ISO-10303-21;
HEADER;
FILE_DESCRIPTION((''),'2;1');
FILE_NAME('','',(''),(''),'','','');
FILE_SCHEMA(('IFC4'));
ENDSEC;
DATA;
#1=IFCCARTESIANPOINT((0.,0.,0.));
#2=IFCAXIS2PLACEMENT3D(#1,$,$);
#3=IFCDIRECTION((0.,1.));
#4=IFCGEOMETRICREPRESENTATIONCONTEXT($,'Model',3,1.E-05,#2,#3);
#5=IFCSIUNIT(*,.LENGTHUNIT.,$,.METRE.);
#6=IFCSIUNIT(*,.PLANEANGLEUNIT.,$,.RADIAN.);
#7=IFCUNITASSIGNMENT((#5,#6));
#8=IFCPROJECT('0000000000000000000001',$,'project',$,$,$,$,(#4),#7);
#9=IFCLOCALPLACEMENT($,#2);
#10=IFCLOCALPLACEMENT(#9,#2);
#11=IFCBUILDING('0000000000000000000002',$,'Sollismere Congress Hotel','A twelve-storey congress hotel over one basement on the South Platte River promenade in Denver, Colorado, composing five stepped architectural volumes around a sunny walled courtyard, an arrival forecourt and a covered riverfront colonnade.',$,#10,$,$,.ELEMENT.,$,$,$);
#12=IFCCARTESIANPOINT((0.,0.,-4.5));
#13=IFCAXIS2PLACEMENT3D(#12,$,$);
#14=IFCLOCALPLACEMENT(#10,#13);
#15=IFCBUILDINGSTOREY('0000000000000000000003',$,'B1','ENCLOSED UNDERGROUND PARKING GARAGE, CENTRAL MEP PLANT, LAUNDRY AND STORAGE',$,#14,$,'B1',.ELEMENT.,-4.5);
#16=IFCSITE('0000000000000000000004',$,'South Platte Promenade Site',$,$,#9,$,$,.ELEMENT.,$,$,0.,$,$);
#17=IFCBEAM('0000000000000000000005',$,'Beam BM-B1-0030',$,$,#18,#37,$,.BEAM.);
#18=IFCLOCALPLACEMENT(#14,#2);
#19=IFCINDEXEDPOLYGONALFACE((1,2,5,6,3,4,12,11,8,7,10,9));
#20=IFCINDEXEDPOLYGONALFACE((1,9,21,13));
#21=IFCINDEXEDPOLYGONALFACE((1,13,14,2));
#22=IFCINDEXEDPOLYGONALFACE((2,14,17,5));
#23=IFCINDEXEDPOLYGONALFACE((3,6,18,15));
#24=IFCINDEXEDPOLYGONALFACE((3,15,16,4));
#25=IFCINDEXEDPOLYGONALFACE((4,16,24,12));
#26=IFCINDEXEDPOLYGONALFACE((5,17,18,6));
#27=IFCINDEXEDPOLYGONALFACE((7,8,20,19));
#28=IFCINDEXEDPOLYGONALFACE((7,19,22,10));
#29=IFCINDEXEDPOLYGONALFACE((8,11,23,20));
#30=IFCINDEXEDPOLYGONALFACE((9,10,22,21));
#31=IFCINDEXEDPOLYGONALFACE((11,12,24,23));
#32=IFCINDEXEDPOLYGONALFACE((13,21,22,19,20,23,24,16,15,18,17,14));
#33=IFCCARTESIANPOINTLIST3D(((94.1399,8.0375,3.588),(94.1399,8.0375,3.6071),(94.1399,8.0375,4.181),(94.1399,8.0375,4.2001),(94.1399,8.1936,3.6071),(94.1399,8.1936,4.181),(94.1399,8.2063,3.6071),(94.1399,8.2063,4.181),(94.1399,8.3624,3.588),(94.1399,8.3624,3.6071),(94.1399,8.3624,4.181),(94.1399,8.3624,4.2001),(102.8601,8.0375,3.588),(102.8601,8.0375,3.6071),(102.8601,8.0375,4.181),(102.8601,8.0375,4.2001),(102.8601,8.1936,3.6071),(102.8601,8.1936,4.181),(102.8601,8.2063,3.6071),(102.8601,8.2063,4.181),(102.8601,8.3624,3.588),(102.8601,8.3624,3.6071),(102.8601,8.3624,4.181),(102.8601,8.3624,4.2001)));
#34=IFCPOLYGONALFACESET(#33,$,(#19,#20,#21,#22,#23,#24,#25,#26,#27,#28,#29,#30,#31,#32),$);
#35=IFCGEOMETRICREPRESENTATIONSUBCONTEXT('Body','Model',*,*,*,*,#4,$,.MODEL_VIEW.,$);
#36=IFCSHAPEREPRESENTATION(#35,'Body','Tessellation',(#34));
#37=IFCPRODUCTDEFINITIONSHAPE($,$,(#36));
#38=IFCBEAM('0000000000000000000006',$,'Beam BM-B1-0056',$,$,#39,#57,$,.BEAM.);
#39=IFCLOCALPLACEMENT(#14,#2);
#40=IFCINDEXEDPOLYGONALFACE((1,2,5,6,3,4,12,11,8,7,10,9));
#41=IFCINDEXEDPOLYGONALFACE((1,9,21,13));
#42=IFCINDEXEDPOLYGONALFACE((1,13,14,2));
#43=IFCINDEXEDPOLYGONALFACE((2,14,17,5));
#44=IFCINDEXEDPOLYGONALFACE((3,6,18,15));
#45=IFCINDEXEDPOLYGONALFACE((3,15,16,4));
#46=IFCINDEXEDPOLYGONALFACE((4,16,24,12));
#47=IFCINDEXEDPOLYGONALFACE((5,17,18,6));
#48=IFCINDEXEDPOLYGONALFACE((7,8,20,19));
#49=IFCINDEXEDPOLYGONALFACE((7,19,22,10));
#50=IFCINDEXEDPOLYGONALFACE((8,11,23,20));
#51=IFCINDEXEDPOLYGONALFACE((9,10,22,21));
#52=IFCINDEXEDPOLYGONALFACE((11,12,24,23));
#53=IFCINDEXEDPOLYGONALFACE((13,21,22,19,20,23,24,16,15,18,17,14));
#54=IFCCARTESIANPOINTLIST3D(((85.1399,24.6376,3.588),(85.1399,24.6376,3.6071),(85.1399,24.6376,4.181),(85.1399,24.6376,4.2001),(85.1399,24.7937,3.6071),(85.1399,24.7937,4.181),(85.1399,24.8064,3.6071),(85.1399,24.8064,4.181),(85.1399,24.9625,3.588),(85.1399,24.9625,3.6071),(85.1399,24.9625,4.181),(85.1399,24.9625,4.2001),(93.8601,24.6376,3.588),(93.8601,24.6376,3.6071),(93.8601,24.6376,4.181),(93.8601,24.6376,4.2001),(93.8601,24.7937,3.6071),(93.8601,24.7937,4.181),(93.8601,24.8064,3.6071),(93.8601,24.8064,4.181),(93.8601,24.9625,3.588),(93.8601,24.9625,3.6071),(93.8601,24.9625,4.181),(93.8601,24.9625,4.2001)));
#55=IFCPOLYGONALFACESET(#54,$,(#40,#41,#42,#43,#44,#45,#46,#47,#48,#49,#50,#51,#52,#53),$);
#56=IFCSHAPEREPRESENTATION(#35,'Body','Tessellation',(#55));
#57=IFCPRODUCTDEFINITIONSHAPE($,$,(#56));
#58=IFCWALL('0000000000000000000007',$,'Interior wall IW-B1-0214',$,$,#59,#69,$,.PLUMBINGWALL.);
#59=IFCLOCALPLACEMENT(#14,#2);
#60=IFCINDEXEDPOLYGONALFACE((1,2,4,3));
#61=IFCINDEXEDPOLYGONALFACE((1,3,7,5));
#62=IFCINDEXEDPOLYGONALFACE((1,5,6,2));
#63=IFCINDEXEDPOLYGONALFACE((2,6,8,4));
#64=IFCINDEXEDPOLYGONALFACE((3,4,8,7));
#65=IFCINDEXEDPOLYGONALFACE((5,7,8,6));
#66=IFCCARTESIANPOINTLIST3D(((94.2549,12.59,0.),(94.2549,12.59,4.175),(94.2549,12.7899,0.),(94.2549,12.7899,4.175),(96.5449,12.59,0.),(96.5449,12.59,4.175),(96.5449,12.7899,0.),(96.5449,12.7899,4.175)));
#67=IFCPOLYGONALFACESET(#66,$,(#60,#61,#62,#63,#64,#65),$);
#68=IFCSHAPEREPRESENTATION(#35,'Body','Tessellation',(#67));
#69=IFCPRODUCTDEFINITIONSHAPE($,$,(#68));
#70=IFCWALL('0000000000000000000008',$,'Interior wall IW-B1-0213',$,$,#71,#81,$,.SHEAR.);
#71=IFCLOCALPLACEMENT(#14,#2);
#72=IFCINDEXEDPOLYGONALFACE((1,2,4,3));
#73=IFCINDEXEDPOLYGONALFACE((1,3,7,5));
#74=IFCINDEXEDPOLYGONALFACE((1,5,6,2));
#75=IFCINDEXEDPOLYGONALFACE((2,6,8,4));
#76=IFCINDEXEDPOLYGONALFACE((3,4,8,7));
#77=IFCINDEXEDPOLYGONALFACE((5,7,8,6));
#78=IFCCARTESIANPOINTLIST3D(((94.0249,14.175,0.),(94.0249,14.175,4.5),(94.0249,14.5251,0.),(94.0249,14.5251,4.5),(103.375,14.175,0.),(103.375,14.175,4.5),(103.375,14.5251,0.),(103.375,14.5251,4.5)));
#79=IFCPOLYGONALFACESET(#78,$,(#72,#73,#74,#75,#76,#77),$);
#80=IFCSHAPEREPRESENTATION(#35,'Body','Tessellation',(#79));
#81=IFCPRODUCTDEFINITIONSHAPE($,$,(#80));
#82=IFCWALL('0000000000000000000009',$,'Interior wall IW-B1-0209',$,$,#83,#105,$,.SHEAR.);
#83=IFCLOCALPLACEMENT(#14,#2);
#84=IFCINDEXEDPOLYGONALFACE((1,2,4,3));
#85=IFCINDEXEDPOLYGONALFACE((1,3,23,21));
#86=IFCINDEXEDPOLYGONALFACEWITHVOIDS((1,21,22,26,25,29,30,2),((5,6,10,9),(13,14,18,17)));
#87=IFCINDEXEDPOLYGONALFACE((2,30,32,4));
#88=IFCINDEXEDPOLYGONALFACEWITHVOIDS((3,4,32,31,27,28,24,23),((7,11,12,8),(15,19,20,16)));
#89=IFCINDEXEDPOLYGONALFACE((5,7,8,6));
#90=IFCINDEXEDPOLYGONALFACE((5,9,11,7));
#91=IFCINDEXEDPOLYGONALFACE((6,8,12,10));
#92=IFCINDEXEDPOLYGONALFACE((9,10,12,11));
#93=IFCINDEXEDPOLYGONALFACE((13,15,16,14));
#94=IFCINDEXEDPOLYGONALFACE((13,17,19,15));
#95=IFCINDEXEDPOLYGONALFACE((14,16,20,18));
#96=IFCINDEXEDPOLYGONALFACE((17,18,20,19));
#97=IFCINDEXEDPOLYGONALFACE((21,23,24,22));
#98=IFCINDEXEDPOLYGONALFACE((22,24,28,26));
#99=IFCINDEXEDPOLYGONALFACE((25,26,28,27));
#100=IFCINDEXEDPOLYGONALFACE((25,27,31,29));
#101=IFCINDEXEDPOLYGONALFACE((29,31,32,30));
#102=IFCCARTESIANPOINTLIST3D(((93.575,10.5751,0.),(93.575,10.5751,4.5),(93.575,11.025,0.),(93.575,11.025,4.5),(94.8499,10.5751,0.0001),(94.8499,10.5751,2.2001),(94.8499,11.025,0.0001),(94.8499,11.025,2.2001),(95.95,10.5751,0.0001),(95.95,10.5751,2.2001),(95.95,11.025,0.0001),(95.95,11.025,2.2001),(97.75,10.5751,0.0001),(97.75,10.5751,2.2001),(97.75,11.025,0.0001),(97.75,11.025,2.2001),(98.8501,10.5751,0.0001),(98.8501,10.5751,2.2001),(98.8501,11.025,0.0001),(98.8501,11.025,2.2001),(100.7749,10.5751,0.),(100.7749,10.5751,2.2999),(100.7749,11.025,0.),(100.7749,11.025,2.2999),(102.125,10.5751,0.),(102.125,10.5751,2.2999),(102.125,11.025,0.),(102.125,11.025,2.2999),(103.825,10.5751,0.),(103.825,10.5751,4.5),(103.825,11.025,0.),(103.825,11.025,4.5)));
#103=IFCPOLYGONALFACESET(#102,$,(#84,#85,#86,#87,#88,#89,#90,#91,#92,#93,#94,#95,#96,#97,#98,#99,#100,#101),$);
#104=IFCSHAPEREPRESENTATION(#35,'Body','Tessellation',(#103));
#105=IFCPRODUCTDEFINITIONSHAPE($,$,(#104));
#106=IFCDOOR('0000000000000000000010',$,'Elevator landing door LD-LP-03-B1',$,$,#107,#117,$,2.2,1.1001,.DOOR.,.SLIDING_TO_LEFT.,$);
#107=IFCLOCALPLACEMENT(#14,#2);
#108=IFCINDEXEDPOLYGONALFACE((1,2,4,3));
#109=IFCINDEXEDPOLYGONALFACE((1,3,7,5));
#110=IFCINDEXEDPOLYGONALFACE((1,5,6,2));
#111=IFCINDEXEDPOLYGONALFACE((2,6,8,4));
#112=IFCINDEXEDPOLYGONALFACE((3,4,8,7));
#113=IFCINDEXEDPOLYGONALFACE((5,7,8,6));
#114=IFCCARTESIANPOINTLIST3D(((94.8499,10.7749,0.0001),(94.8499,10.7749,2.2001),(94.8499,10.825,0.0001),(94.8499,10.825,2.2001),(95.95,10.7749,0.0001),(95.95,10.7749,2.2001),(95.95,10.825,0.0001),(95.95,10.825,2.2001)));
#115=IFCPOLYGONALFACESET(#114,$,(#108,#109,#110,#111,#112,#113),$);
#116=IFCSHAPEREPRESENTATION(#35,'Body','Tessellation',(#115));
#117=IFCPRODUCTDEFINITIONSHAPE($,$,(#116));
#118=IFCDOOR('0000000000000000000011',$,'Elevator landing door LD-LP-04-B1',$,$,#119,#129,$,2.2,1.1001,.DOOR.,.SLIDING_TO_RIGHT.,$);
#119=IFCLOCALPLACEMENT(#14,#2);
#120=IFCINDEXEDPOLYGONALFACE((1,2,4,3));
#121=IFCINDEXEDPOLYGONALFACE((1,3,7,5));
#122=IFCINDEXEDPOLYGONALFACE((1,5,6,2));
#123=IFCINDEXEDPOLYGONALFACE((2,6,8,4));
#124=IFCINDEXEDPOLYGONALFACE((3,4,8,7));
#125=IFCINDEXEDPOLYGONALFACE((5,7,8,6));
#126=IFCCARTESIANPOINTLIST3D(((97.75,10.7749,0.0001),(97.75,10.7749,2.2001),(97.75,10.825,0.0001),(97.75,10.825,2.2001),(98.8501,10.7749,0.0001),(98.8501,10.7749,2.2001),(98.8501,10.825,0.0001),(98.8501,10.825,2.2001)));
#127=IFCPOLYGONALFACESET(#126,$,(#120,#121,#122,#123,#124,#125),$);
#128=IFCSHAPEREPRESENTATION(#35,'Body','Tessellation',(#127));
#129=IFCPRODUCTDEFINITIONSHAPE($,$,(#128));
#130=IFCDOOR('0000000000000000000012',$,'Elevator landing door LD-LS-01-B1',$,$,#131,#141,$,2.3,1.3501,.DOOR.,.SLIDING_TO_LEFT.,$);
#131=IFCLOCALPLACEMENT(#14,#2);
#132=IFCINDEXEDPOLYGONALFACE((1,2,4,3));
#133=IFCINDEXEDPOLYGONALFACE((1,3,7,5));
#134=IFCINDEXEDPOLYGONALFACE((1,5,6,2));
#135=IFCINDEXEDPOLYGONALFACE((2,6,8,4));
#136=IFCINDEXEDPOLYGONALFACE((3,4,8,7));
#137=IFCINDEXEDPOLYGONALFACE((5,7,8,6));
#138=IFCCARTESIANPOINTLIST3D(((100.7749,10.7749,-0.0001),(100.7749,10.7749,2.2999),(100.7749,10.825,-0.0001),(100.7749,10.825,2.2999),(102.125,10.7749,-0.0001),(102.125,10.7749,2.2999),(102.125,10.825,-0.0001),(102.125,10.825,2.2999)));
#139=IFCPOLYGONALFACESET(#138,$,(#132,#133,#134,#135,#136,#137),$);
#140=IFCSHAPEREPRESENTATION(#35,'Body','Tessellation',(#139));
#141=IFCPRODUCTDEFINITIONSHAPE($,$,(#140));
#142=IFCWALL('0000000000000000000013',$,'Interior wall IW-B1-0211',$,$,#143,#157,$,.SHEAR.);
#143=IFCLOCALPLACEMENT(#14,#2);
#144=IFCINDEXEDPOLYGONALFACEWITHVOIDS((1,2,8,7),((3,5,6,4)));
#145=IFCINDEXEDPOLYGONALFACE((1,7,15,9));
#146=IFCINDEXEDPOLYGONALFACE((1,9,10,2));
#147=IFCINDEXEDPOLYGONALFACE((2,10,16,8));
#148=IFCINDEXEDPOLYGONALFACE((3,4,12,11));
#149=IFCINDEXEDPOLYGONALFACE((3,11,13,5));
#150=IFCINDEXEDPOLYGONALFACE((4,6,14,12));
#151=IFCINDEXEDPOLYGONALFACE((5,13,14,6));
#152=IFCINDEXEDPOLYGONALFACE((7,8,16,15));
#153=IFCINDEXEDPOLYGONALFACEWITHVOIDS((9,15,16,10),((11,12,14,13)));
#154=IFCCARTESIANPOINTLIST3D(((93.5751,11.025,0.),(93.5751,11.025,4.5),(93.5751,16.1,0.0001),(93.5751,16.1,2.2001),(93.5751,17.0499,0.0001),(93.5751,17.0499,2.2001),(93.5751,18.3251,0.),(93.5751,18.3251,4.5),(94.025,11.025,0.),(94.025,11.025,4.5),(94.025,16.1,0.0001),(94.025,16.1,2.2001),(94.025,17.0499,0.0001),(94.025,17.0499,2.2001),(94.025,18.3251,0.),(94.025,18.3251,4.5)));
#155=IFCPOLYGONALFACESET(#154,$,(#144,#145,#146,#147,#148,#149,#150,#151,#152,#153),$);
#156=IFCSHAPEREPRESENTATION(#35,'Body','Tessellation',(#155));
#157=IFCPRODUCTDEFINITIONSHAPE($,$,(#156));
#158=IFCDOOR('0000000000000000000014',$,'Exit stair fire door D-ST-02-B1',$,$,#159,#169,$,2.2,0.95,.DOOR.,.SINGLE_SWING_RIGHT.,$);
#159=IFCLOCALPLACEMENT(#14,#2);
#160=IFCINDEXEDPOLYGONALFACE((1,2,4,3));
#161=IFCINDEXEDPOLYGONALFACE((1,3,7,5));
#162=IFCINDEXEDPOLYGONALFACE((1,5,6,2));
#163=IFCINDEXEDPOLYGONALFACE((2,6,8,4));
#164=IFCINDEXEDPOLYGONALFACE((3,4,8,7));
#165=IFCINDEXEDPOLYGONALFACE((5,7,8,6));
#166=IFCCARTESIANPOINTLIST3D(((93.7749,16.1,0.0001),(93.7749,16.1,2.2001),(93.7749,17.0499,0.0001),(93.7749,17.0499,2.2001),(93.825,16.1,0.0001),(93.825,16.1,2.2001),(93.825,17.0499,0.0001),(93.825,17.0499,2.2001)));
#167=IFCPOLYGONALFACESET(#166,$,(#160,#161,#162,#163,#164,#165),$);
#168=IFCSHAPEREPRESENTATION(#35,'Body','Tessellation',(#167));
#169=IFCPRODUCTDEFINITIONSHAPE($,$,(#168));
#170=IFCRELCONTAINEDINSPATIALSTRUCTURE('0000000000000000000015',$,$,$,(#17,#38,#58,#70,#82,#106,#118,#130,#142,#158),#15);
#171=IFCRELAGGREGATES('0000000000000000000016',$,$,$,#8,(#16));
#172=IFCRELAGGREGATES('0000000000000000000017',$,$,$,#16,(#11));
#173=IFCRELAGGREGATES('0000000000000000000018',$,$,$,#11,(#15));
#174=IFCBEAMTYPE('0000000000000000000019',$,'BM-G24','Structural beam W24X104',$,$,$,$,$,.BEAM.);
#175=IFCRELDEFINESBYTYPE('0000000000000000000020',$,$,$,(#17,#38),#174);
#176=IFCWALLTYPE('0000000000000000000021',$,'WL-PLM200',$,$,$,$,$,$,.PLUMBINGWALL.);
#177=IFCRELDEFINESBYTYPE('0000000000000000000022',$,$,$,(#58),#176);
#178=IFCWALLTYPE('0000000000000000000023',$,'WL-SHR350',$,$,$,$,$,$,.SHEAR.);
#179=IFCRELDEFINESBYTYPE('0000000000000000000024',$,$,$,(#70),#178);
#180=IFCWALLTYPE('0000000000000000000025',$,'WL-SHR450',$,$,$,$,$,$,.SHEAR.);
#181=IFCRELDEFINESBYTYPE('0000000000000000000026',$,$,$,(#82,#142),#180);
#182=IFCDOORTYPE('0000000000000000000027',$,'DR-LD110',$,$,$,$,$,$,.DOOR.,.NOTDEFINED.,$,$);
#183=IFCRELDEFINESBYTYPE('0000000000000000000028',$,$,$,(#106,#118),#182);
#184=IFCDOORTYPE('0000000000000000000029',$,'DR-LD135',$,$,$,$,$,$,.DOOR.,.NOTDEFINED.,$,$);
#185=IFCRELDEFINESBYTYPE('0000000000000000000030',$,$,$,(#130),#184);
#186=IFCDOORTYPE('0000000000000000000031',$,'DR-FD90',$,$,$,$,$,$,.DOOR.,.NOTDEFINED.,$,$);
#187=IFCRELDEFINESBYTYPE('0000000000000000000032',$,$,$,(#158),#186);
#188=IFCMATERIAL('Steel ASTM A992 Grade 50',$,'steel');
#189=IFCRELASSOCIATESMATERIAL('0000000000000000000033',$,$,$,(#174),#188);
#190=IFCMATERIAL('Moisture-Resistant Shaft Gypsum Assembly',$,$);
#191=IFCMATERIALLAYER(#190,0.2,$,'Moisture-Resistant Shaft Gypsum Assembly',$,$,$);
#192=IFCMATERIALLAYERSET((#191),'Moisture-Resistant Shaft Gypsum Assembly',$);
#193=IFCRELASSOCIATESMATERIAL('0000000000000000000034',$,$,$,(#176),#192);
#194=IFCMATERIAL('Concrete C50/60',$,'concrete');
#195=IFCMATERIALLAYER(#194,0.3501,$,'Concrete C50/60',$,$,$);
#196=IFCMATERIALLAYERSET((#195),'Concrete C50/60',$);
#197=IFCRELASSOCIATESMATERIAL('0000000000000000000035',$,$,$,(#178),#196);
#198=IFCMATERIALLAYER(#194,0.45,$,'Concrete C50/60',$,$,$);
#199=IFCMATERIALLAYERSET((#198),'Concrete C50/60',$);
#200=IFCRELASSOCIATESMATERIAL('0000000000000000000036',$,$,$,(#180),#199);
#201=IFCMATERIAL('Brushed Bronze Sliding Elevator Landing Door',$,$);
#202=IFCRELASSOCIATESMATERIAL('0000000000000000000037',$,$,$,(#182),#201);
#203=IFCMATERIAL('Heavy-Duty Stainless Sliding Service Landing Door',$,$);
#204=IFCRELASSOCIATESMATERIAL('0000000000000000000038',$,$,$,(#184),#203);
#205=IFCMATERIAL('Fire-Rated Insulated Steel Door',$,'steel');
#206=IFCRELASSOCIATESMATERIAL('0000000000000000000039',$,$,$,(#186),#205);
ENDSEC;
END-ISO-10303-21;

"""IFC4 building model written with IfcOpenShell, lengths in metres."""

from ifc_helpers import new_model, si_unit, direction, frame, frame_2d, origin, origin_2d, place, context, subcontext, project, spatial, rectangle, i_section, extrude, material, layer, layer_set, material_profile, profile_set, type_object, element, fill, save


model = new_model("IFC4")

# Units and contexts
model_context = context("Model", 3, precision=1e-05, world=origin(), true_north=direction((0.0, 1.0)))
body_context = subcontext(model_context, "Body", "Model", "MODEL_VIEW")
ifc_project = project(units=[si_unit("LENGTHUNIT", "METRE"), si_unit("PLANEANGLEUNIT", "RADIAN")], contexts=[model_context])

# Site, building, storey
site_placement = place(None, origin())
site = spatial("IfcSite", under=ifc_project, at=site_placement, Name="South Platte Promenade Site", CompositionType="ELEMENT", RefElevation=0.0)
building_placement = place(site_placement, origin())
building = spatial("IfcBuilding", under=site, at=building_placement, Name="Sollismere Congress Hotel", Description="A twelve-storey congress hotel over one basement on the South Platte River promenade in Denver, Colorado, composing five stepped architectural volumes around a sunny walled courtyard, an arrival forecourt and a covered riverfront colonnade.", CompositionType="ELEMENT")
storey_placement = place(building_placement, frame((0.0, 0.0, -4.5)))
storey = spatial("IfcBuildingStorey", under=building, at=storey_placement, Name="B1", Description="ENCLOSED UNDERGROUND PARKING GARAGE, CENTRAL MEP PLANT, LAUNDRY AND STORAGE", LongName="B1", CompositionType="ELEMENT", Elevation=-4.5)

# Shared definitions
ifc_material_1 = material(Name="Concrete C50/60", Category="concrete")

# Beams
ifc_material_2 = material(Name="Steel ASTM A992 Grade 50", Category="steel")
ifc_material_profile_1 = material_profile(ifc_material_2, i_section(OverallWidth=0.325, OverallDepth=0.6121, WebThickness=0.0127, FlangeThickness=0.019, at=origin_2d()), Name="W24X104")
ifc_profile_set_1 = profile_set([ifc_material_profile_1], Name="Steel ASTM A992 Grade 50")
beam_type_1 = type_object("IfcBeamType", Name="BM-G24", Description="Structural beam W24X104", PredefinedType="BEAM", material=ifc_profile_set_1)
for number, where, z_axis, x_axis, name in (
    (1, (94.1399, 8.2, 3.894), (1.0, 0.0, 0.0), (0.0, 1.0, 0.0), "Beam BM-B1-0030"),
    (2, (85.1399, 24.8, 3.894), (1.0, 0.0, 0.0), (0.0, 1.0, 0.0), "Beam BM-B1-0056"),
):
    element("IfcBeam", number, at=place(storey_placement, frame(where, z_axis=z_axis, x_axis=x_axis)), inside=storey, type_object=beam_type_1, Name=name, PredefinedType="BEAM", context=body_context, shape_type="SweptSolid", body=[
        extrude(i_section(OverallWidth=0.325, OverallDepth=0.6121, WebThickness=0.0127, FlangeThickness=0.019, at=origin_2d()), origin(), (0.0, 0.0, 1.0), 8.7202),
    ])

# Walls
ifc_material_3 = material(Name="Moisture-Resistant Shaft Gypsum Assembly")
ifc_layer_1 = layer(ifc_material_3, 0.2, Name="Moisture-Resistant Shaft Gypsum Assembly")
ifc_layer_set_1 = layer_set([ifc_layer_1], Name="Moisture-Resistant Shaft Gypsum Assembly")
wall_type_1 = type_object("IfcWallType", Name="WL-PLM200", PredefinedType="PLUMBINGWALL", material=ifc_layer_set_1)
wall_1_placement = place(storey_placement, frame((94.2549, 12.6899, 0.0), z_axis=(0.0, 0.0, 1.0), x_axis=(1.0, 0.0, 0.0)))
element("IfcWall", 3, at=wall_1_placement, inside=storey, type_object=wall_type_1, Name="Interior wall IW-B1-0214", PredefinedType="PLUMBINGWALL", context=body_context, shape_type="SweptSolid", body=[
    extrude(rectangle(XDim=2.29, YDim=0.2, at=frame_2d((1.145, 0.0))), origin(), (0.0, 0.0, 1.0), 4.175),
])
ifc_layer_2 = layer(ifc_material_1, 0.3501, Name="Concrete C50/60")
ifc_layer_set_2 = layer_set([ifc_layer_2], Name="Concrete C50/60")
wall_type_2 = type_object("IfcWallType", Name="WL-SHR350", PredefinedType="SHEAR", material=ifc_layer_set_2)
wall_2_placement = place(storey_placement, frame((94.0249, 14.3501, 0.0), z_axis=(0.0, 0.0, 1.0), x_axis=(1.0, 0.0, 0.0)))
element("IfcWall", 4, at=wall_2_placement, inside=storey, type_object=wall_type_2, Name="Interior wall IW-B1-0213", PredefinedType="SHEAR", context=body_context, shape_type="SweptSolid", body=[
    extrude(rectangle(XDim=9.3501, YDim=0.3501, at=frame_2d((4.675, 0.0))), origin(), (0.0, 0.0, 1.0), 4.5),
])

# Wall, openings, doors
ifc_layer_3 = layer(ifc_material_1, 0.45, Name="Concrete C50/60")
ifc_layer_set_3 = layer_set([ifc_layer_3], Name="Concrete C50/60")
wall_type_3 = type_object("IfcWallType", Name="WL-SHR450", PredefinedType="SHEAR", material=ifc_layer_set_3)
wall_3_placement = place(storey_placement, frame((93.575, 10.8, 0.0), z_axis=(0.0, 0.0, 1.0), x_axis=(1.0, 0.0, 0.0)))
wall_3 = element("IfcWall", 5, at=wall_3_placement, inside=storey, type_object=wall_type_3, Name="Interior wall IW-B1-0209", PredefinedType="SHEAR", context=body_context, shape_type="SweptSolid", body=[
    extrude(rectangle(XDim=10.25, YDim=0.45, at=frame_2d((5.125, 0.0))), origin(), (0.0, 0.0, 1.0), 4.5),
])
opening_1_placement = place(wall_3_placement, frame((1.2749, 0.0, 0.0)))
opening_1 = element("IfcOpeningElement", 6, at=opening_1_placement, cuts=wall_3, PredefinedType="OPENING", context=body_context, shape_type="SweptSolid", body=[
    extrude(rectangle(XDim=1.1001, YDim=2.2, at=frame_2d((0.55, 1.1001))), frame((0.0, 0.2349, 0.0), z_axis=(0.0, -1.0, 0.0), x_axis=(1.0, 0.0, 0.0)), (0.0, 0.0, 1.0), 0.47),
])
opening_2_placement = place(wall_3_placement, frame((4.175, 0.0, 0.0)))
opening_2 = element("IfcOpeningElement", 7, at=opening_2_placement, cuts=wall_3, PredefinedType="OPENING", context=body_context, shape_type="SweptSolid", body=[
    extrude(rectangle(XDim=1.1001, YDim=2.2, at=frame_2d((0.55, 1.1001))), frame((0.0, 0.2349, 0.0), z_axis=(0.0, -1.0, 0.0), x_axis=(1.0, 0.0, 0.0)), (0.0, 0.0, 1.0), 0.47),
])
opening_3_placement = place(wall_3_placement, frame((7.2, 0.0, 0.0)))
opening_3 = element("IfcOpeningElement", 8, at=opening_3_placement, cuts=wall_3, PredefinedType="OPENING", context=body_context, shape_type="SweptSolid", body=[
    extrude(rectangle(XDim=1.3501, YDim=2.3, at=frame_2d((0.675, 1.1499))), frame((0.0, 0.2349, 0.0), z_axis=(0.0, -1.0, 0.0), x_axis=(1.0, 0.0, 0.0)), (0.0, 0.0, 1.0), 0.47),
])
ifc_material_4 = material(Name="Brushed Bronze Sliding Elevator Landing Door")
door_type_1 = type_object("IfcDoorType", Name="DR-LD110", OperationType="NOTDEFINED", PredefinedType="DOOR", material=ifc_material_4)
door_1_placement = place(opening_1_placement, origin())
door_1 = element("IfcDoor", 9, at=door_1_placement, inside=storey, type_object=door_type_1, Name="Elevator landing door LD-LP-03-B1", OperationType="SLIDING_TO_LEFT", OverallHeight=2.2, OverallWidth=1.1001, PredefinedType="DOOR", context=body_context, shape_type="SweptSolid", body=[
    extrude(rectangle(XDim=1.1001, YDim=2.2, at=frame_2d((0.55, 1.1001))), frame((0.0, 0.0249, 0.0), z_axis=(0.0, -1.0, 0.0), x_axis=(1.0, 0.0, 0.0)), (0.0, 0.0, 1.0), 0.05),
])
fill(opening_1, door_1)
door_2_placement = place(opening_2_placement, origin())
door_2 = element("IfcDoor", 10, at=door_2_placement, inside=storey, type_object=door_type_1, Name="Elevator landing door LD-LP-04-B1", OperationType="SLIDING_TO_RIGHT", OverallHeight=2.2, OverallWidth=1.1001, PredefinedType="DOOR", context=body_context, shape_type="SweptSolid", body=[
    extrude(rectangle(XDim=1.1001, YDim=2.2, at=frame_2d((0.55, 1.1001))), frame((0.0, 0.0249, 0.0), z_axis=(0.0, -1.0, 0.0), x_axis=(1.0, 0.0, 0.0)), (0.0, 0.0, 1.0), 0.05),
])
fill(opening_2, door_2)
ifc_material_5 = material(Name="Heavy-Duty Stainless Sliding Service Landing Door")
door_type_2 = type_object("IfcDoorType", Name="DR-LD135", OperationType="NOTDEFINED", PredefinedType="DOOR", material=ifc_material_5)
door_3_placement = place(opening_3_placement, origin())
door_3 = element("IfcDoor", 11, at=door_3_placement, inside=storey, type_object=door_type_2, Name="Elevator landing door LD-LS-01-B1", OperationType="SLIDING_TO_LEFT", OverallHeight=2.3, OverallWidth=1.3501, PredefinedType="DOOR", context=body_context, shape_type="SweptSolid", body=[
    extrude(rectangle(XDim=1.3501, YDim=2.3, at=frame_2d((0.675, 1.1499))), frame((0.0, 0.0249, 0.0), z_axis=(0.0, -1.0, 0.0), x_axis=(1.0, 0.0, 0.0)), (0.0, 0.0, 1.0), 0.05),
])
fill(opening_3, door_3)

# Wall, opening, door
wall_4_placement = place(storey_placement, frame((93.8, 18.325, 0.0), z_axis=(0.0, 0.0, 1.0), x_axis=(0.0, -1.0, 0.0)))
wall_4 = element("IfcWall", 12, at=wall_4_placement, inside=storey, type_object=wall_type_3, Name="Interior wall IW-B1-0211", PredefinedType="SHEAR", context=body_context, shape_type="SweptSolid", body=[
    extrude(rectangle(XDim=7.3, YDim=0.45, at=frame_2d((3.6499, 0.0))), origin(), (0.0, 0.0, 1.0), 4.5),
])
opening_4_placement = place(wall_4_placement, frame((1.2749, 0.0, 0.0)))
opening_4 = element("IfcOpeningElement", 13, at=opening_4_placement, cuts=wall_4, PredefinedType="OPENING", context=body_context, shape_type="SweptSolid", body=[
    extrude(rectangle(XDim=0.95, YDim=2.2, at=frame_2d((0.4751, 1.1001))), frame((0.0, 0.2349, 0.0), z_axis=(0.0, -1.0, 0.0), x_axis=(1.0, 0.0, 0.0)), (0.0, 0.0, 1.0), 0.47),
])
ifc_material_6 = material(Name="Fire-Rated Insulated Steel Door", Category="steel")
door_type_3 = type_object("IfcDoorType", Name="DR-FD90", OperationType="NOTDEFINED", PredefinedType="DOOR", material=ifc_material_6)
door_4_placement = place(opening_4_placement, origin())
door_4 = element("IfcDoor", 14, at=door_4_placement, inside=storey, type_object=door_type_3, Name="Exit stair fire door D-ST-02-B1", OperationType="SINGLE_SWING_RIGHT", OverallHeight=2.2, OverallWidth=0.95, PredefinedType="DOOR", context=body_context, shape_type="SweptSolid", body=[
    extrude(rectangle(XDim=0.95, YDim=2.2, at=frame_2d((0.4751, 1.1001))), frame((0.0, 0.0249, 0.0), z_axis=(0.0, -1.0, 0.0), x_axis=(1.0, 0.0, 0.0)), (0.0, 0.0, 1.0), 0.05),
])
fill(opening_4, door_4)

save(model, "model.ifc")
